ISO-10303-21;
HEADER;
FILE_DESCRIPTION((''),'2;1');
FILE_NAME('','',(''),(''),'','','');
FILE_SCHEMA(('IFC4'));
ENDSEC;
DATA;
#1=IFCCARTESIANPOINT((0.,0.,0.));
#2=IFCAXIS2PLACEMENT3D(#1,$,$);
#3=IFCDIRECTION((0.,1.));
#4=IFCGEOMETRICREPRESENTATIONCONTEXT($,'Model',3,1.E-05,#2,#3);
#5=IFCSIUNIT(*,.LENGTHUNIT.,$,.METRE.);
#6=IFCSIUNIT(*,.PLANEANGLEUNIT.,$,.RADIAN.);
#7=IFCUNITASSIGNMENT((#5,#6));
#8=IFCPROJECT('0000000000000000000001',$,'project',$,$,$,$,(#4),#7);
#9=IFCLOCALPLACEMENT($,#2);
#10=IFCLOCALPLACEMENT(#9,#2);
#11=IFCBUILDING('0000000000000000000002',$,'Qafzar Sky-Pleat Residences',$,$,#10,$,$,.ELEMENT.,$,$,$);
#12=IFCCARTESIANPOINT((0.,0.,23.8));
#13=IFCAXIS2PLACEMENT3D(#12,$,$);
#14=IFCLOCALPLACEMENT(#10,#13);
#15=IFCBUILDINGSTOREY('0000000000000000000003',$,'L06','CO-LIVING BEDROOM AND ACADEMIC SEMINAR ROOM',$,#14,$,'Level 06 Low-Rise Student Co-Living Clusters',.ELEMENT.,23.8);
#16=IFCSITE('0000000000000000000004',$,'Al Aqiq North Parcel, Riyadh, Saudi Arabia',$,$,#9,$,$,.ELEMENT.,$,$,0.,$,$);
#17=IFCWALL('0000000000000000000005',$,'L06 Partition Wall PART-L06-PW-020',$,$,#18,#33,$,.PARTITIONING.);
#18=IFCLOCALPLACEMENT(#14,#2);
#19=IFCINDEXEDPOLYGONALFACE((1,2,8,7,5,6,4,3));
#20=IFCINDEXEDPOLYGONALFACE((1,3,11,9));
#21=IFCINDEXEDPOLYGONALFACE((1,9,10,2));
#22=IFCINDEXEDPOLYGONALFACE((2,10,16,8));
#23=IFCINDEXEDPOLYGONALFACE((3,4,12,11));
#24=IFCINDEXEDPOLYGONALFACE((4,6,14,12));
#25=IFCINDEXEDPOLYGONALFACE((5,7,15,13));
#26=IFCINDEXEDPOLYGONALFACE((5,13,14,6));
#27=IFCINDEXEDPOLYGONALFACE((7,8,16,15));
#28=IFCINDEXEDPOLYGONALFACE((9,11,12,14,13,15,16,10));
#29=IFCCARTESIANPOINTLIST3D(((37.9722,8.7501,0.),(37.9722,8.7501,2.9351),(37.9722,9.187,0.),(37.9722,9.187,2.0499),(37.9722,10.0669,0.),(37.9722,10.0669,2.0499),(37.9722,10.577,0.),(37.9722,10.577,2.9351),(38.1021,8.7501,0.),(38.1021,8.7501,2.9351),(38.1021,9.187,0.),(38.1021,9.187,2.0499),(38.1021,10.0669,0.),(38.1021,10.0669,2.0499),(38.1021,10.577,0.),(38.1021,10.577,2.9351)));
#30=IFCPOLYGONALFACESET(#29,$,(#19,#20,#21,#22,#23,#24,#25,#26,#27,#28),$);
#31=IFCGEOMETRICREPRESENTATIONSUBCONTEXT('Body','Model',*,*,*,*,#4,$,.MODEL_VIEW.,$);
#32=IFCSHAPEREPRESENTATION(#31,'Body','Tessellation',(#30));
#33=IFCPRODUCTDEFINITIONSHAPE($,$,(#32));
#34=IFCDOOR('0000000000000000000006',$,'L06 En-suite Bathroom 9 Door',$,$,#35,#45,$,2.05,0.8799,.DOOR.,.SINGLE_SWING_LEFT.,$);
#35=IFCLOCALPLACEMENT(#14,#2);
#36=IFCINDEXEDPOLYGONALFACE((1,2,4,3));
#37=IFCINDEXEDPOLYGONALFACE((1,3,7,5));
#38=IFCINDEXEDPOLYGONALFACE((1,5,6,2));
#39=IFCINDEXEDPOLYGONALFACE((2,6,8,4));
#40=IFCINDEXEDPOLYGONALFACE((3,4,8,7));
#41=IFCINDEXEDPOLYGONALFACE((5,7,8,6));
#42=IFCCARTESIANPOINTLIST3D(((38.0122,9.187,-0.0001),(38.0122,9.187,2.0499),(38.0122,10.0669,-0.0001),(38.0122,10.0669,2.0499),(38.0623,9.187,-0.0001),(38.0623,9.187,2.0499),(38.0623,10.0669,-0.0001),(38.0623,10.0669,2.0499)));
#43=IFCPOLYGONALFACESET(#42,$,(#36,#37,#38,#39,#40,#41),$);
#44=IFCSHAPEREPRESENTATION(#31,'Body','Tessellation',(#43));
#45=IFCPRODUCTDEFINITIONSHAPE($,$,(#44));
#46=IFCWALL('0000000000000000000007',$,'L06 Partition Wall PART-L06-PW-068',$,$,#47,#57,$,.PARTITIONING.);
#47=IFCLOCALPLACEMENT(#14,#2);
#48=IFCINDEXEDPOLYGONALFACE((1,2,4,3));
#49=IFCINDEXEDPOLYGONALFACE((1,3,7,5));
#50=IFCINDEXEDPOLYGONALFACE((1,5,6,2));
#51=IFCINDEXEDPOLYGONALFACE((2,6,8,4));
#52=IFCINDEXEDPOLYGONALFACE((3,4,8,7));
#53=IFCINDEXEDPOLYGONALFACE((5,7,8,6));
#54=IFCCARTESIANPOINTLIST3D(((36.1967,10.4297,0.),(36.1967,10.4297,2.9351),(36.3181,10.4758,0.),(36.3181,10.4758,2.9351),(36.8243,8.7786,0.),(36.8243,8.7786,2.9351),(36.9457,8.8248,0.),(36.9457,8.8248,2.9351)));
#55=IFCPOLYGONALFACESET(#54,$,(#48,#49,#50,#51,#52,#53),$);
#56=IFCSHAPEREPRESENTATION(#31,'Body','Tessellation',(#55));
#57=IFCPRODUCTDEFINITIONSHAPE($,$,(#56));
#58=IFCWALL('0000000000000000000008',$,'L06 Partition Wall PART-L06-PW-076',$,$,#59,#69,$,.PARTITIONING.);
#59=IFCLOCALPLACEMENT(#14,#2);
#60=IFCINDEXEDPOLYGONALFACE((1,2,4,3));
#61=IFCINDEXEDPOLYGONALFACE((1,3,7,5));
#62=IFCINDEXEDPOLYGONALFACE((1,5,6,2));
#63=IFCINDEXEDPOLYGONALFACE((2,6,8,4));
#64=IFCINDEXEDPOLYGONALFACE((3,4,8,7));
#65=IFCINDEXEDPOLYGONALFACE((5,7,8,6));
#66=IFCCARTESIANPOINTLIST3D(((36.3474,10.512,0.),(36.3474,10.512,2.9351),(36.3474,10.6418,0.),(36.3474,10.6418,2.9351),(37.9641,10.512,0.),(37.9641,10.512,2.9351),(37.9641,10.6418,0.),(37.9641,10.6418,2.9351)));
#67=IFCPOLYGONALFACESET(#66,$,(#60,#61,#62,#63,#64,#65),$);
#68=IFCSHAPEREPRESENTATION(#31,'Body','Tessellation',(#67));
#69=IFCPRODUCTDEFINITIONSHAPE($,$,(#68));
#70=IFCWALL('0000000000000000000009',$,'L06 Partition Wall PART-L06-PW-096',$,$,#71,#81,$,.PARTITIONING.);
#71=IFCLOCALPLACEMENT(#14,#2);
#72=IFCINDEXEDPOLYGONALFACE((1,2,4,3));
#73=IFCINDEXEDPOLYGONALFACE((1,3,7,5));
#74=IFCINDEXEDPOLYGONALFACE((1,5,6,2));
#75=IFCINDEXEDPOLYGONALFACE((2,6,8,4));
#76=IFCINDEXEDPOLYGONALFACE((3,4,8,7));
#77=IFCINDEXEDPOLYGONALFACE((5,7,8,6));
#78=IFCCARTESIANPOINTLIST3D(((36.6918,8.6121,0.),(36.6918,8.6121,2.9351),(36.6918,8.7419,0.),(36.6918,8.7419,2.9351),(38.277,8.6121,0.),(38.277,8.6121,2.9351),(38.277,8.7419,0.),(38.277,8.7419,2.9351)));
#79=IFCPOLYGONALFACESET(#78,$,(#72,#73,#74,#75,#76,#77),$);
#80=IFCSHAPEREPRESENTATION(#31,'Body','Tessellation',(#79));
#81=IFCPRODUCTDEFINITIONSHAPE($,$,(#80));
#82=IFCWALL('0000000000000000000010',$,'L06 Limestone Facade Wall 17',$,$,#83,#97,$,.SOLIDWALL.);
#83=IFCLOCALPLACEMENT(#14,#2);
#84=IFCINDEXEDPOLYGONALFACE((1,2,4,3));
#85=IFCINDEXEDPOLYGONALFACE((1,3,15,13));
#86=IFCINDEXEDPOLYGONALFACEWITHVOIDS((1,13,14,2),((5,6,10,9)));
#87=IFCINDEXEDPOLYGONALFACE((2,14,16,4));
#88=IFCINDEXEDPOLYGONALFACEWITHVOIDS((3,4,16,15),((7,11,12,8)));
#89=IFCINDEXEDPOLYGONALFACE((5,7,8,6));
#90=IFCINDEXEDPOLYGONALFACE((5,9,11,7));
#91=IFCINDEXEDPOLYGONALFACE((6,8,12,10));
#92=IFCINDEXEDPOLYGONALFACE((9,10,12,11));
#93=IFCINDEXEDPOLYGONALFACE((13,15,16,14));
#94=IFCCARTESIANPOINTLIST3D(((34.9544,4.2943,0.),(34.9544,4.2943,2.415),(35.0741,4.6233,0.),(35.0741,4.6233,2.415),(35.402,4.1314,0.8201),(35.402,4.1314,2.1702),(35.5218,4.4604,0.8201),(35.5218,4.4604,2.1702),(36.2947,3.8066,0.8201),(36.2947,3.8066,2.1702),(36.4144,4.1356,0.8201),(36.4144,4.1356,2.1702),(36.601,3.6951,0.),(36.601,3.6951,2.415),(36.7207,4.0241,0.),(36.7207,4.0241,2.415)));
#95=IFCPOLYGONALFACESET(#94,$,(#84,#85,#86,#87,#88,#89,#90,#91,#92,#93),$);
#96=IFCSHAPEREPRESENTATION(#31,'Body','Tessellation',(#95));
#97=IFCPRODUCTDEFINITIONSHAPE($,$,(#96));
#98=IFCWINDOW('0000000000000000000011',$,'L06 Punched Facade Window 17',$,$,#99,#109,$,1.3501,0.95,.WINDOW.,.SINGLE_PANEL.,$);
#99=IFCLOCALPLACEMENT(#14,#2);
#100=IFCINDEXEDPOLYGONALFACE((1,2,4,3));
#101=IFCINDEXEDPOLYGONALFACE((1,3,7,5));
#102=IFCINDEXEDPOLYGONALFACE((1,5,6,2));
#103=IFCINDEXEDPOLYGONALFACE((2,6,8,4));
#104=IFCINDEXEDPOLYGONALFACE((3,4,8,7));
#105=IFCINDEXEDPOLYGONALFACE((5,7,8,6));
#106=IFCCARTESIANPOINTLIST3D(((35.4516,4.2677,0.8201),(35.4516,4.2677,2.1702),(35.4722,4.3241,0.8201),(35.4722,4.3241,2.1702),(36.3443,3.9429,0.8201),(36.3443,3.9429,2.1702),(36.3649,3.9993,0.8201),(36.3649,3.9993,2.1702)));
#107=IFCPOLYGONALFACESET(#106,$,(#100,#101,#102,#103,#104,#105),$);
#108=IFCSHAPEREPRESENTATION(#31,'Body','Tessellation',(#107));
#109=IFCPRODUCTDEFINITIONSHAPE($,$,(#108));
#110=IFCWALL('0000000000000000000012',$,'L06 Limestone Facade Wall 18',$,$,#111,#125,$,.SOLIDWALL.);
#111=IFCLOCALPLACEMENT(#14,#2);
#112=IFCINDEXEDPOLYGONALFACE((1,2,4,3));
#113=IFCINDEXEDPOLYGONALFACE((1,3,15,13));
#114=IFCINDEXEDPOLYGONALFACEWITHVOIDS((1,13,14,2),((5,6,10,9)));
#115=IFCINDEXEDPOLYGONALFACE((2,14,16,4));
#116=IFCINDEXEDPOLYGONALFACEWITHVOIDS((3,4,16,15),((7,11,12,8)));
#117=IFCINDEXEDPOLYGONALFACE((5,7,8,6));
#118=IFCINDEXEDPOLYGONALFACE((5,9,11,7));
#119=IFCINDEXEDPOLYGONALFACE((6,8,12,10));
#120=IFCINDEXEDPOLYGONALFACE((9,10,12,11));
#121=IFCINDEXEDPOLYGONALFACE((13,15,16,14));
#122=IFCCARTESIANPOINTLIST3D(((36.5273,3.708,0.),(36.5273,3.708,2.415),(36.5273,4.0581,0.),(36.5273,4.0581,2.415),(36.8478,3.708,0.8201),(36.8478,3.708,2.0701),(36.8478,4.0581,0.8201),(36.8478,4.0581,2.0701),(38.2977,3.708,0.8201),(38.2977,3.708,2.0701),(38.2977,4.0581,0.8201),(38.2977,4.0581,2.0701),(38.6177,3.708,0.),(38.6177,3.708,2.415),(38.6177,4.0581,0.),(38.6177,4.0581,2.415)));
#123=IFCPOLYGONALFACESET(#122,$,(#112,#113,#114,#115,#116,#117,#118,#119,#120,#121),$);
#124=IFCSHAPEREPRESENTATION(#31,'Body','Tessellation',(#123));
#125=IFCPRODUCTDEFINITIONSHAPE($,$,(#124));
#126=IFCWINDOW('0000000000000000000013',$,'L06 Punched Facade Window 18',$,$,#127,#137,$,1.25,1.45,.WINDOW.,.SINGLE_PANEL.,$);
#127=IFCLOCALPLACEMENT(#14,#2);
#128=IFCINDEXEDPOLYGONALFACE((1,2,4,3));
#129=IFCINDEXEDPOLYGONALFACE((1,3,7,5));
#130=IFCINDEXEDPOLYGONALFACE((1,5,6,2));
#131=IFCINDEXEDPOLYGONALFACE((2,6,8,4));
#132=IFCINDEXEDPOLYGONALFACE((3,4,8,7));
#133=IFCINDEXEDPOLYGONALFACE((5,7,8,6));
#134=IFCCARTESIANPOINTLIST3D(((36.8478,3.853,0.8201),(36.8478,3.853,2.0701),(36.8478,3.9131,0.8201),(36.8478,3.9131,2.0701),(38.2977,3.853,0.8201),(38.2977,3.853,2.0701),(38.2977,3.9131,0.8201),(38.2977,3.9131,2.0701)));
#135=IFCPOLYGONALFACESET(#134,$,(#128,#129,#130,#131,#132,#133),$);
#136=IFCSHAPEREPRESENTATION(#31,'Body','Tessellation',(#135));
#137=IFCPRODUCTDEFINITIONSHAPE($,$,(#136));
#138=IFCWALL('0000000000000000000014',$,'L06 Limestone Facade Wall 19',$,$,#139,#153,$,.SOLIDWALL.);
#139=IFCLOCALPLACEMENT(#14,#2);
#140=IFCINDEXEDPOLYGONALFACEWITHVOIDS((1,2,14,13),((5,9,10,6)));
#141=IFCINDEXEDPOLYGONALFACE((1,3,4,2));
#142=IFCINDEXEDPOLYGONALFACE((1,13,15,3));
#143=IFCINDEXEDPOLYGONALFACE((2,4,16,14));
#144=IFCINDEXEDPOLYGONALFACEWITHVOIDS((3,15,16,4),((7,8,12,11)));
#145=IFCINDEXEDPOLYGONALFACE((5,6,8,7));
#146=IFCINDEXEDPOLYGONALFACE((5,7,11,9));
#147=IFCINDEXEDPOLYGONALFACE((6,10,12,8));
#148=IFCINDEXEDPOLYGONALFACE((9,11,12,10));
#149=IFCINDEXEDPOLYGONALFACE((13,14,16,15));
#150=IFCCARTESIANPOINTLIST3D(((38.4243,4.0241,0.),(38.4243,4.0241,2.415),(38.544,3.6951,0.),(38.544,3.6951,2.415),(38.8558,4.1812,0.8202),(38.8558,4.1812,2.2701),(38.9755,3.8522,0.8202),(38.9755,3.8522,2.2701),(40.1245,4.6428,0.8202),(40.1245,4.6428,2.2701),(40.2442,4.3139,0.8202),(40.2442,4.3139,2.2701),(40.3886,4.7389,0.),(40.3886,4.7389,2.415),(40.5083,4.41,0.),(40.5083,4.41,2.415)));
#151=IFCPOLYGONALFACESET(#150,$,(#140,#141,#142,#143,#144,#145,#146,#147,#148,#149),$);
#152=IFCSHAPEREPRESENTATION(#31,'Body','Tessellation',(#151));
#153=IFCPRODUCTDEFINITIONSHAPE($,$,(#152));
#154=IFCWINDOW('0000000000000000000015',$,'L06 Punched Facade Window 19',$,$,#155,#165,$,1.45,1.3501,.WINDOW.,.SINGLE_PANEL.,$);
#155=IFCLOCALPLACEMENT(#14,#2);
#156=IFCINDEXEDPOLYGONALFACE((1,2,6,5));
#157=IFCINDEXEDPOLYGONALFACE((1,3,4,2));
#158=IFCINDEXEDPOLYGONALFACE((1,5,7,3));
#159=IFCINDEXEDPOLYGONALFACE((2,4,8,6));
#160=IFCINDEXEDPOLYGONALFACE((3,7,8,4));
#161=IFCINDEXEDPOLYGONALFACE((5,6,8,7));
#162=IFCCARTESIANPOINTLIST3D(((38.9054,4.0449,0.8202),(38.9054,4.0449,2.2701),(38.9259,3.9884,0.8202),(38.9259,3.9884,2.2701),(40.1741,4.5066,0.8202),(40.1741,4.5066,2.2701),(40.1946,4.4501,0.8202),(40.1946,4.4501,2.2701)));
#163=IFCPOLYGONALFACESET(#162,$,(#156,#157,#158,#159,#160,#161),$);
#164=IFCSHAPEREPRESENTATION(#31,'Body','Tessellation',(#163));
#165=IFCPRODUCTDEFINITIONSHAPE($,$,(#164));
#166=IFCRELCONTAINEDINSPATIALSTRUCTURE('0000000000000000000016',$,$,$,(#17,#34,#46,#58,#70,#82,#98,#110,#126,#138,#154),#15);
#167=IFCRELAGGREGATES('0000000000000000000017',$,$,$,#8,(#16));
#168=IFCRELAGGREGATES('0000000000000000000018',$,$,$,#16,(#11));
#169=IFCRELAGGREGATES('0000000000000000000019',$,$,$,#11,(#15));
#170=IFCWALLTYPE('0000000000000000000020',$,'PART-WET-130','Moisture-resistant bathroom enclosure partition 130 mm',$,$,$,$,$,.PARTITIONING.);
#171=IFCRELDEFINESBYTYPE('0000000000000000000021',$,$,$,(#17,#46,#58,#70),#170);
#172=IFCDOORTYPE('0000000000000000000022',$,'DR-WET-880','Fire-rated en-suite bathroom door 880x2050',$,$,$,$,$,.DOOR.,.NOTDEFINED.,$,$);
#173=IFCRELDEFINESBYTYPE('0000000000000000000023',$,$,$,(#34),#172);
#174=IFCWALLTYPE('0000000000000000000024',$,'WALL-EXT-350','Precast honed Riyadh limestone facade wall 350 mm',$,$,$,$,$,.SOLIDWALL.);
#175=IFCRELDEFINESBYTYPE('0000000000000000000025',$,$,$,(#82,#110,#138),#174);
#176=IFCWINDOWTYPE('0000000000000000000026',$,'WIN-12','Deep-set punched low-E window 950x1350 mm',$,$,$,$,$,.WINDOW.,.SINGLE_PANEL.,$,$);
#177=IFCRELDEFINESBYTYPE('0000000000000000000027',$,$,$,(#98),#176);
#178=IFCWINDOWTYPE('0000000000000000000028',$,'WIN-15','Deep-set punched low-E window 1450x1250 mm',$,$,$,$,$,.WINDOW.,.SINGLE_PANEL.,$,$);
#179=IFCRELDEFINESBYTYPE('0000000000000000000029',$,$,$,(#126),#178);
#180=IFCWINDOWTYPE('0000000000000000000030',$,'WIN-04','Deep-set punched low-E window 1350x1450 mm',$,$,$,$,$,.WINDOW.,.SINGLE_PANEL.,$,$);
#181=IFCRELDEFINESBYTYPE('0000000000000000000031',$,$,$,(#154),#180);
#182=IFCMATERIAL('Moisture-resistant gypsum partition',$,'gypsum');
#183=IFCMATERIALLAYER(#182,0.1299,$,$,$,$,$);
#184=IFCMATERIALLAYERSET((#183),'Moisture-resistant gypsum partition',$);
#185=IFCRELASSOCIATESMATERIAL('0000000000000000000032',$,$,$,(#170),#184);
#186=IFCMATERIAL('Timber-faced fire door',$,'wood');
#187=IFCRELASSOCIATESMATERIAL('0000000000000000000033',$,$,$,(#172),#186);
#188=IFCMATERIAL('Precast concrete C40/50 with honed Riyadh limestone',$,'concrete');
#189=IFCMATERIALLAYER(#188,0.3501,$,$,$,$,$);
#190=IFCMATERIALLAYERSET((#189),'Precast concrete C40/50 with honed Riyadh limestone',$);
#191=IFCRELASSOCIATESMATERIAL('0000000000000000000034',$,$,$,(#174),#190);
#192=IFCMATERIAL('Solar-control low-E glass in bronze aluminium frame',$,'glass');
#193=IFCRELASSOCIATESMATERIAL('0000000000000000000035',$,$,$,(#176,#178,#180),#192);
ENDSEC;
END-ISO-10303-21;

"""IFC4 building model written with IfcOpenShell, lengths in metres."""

from ifc_helpers import new_model, si_unit, direction, frame, frame_2d, origin, place, context, subcontext, project, spatial, rectangle, extrude, source, transform, mapped, material, layer, layer_set, type_object, element, fill, save


model = new_model("IFC4")

# Units and contexts
model_context = context("Model", 3, precision=1e-05, world=origin(), true_north=direction((0.0, 1.0)))
body_context = subcontext(model_context, "Body", "Model", "MODEL_VIEW")
ifc_project = project(units=[si_unit("LENGTHUNIT", "METRE"), si_unit("PLANEANGLEUNIT", "RADIAN")], contexts=[model_context])

# Site, building, storey
site_placement = place(None, origin())
site = spatial("IfcSite", under=ifc_project, at=site_placement, Name="Al Aqiq North Parcel, Riyadh, Saudi Arabia", CompositionType="ELEMENT", RefElevation=0.0)
building_placement = place(site_placement, origin())
building = spatial("IfcBuilding", under=site, at=building_placement, Name="Qafzar Sky-Pleat Residences", CompositionType="ELEMENT")
storey_placement = place(building_placement, frame((0.0, 0.0, 23.8)))
storey = spatial("IfcBuildingStorey", under=building, at=storey_placement, Name="L06", Description="CO-LIVING BEDROOM AND ACADEMIC SEMINAR ROOM", LongName="Level 06 Low-Rise Student Co-Living Clusters", CompositionType="ELEMENT", Elevation=23.8)

# Wall, opening, door
ifc_material_1 = material(Name="Moisture-resistant gypsum partition", Category="gypsum")
ifc_layer_1 = layer(ifc_material_1, 0.1299)
ifc_layer_set_1 = layer_set([ifc_layer_1], Name="Moisture-resistant gypsum partition")
wall_type_1 = type_object("IfcWallType", Name="PART-WET-130", Description="Moisture-resistant bathroom enclosure partition 130 mm", PredefinedType="PARTITIONING", material=ifc_layer_set_1)
wall_1_placement = place(storey_placement, frame((38.0371, 8.75, 0.0), z_axis=(0.0, 0.0, 1.0), x_axis=(0.0, 1.0, 0.0)))
wall_1 = element("IfcWall", 1, at=wall_1_placement, inside=storey, type_object=wall_type_1, Name="L06 Partition Wall PART-L06-PW-020", PredefinedType="PARTITIONING", context=body_context, shape_type="SweptSolid", body=[
    extrude(rectangle(XDim=1.8269, YDim=0.1299, at=frame_2d((0.9136, 0.0))), origin(), (0.0, 0.0, 1.0), 2.9351),
])
opening_1_placement = place(wall_1_placement, frame((0.437, 0.0, 0.0)))
opening_1 = element("IfcOpeningElement", 2, at=opening_1_placement, cuts=wall_1, PredefinedType="OPENING", context=body_context, shape_type="SweptSolid", body=[
    extrude(rectangle(XDim=0.8799, YDim=2.05, at=frame_2d((0.4399, 1.0249))), frame((0.0, 0.075, 0.0), z_axis=(0.0, -1.0, 0.0), x_axis=(1.0, 0.0, 0.0)), (0.0, 0.0, 1.0), 0.1499),
])
ifc_material_2 = material(Name="Timber-faced fire door", Category="wood")
door_type = type_object("IfcDoorType", Name="DR-WET-880", Description="Fire-rated en-suite bathroom door 880x2050", OperationType="NOTDEFINED", PredefinedType="DOOR", material=ifc_material_2)
shared_shape_1 = source(origin(), body_context, "Body", "SweptSolid", [
    extrude(rectangle(XDim=0.8799, YDim=2.05, at=frame_2d((0.4399, 1.0249))), frame((0.0, 0.0249, 0.0), z_axis=(0.0, -1.0, 0.0), x_axis=(1.0, 0.0, 0.0)), (0.0, 0.0, 1.0), 0.05),
])
door_placement = place(opening_1_placement, origin())
door = element("IfcDoor", 3, at=door_placement, inside=storey, type_object=door_type, Name="L06 En-suite Bathroom 9 Door", OperationType="SINGLE_SWING_LEFT", OverallHeight=2.05, OverallWidth=0.8799, PredefinedType="DOOR", context=body_context, shape_type="MappedRepresentation", body=[
    mapped(shared_shape_1, transform((0.0, 0.0, 0.0), x_axis=(1.0, 0.0, 0.0), y_axis=(0.0, 1.0, 0.0), z_axis=(0.0, 0.0, 1.0), scale=1.0)),
])
fill(opening_1, door)

# Walls
wall_2_placement = place(storey_placement, frame((36.2573, 10.4529, 0.0), z_axis=(0.0, 0.0, 1.0), x_axis=(0.355346, -0.934735, 0.0)))
element("IfcWall", 4, at=wall_2_placement, inside=storey, type_object=wall_type_1, Name="L06 Partition Wall PART-L06-PW-068", PredefinedType="PARTITIONING", context=body_context, shape_type="SweptSolid", body=[
    extrude(rectangle(XDim=1.7664, YDim=0.1299, at=frame_2d((0.8833, 0.0))), origin(), (0.0, 0.0, 1.0), 2.9351),
])
wall_3_placement = place(storey_placement, frame((36.3474, 10.5769, 0.0), z_axis=(0.0, 0.0, 1.0), x_axis=(1.0, 0.0, 0.0)))
element("IfcWall", 5, at=wall_3_placement, inside=storey, type_object=wall_type_1, Name="L06 Partition Wall PART-L06-PW-076", PredefinedType="PARTITIONING", context=body_context, shape_type="SweptSolid", body=[
    extrude(rectangle(XDim=1.6167, YDim=0.1299, at=frame_2d((0.8083, 0.0))), origin(), (0.0, 0.0, 1.0), 2.9351),
])
wall_4_placement = place(storey_placement, frame((36.6919, 8.677, 0.0), z_axis=(0.0, 0.0, 1.0), x_axis=(1.0, 0.0, 0.0)))
element("IfcWall", 6, at=wall_4_placement, inside=storey, type_object=wall_type_1, Name="L06 Partition Wall PART-L06-PW-096", PredefinedType="PARTITIONING", context=body_context, shape_type="SweptSolid", body=[
    extrude(rectangle(XDim=1.5852, YDim=0.1299, at=frame_2d((0.7925, 0.0))), origin(), (0.0, 0.0, 1.0), 2.9351),
])

# Walls, openings, windows
ifc_material_3 = material(Name="Precast concrete C40/50 with honed Riyadh limestone", Category="concrete")
ifc_layer_2 = layer(ifc_material_3, 0.3501)
ifc_layer_set_2 = layer_set([ifc_layer_2], Name="Precast concrete C40/50 with honed Riyadh limestone")
wall_type_2 = type_object("IfcWallType", Name="WALL-EXT-350", Description="Precast honed Riyadh limestone facade wall 350 mm", PredefinedType="SOLIDWALL", material=ifc_layer_set_2)
wall_5_placement = place(storey_placement, frame((35.0144, 4.4587, 0.0), z_axis=(0.0, 0.0, 1.0), x_axis=(0.93972, -0.341944, 0.0)))
wall_5 = element("IfcWall", 7, at=wall_5_placement, inside=storey, type_object=wall_type_2, Name="L06 Limestone Facade Wall 17", PredefinedType="SOLIDWALL", context=body_context, shape_type="SweptSolid", body=[
    extrude(rectangle(XDim=1.7522, YDim=0.3501, at=frame_2d((0.876, 0.0))), origin(), (0.0, 0.0, 1.0), 2.415),
])
opening_2_placement = place(wall_5_placement, frame((0.4761, 0.0, 0.8201)))
opening_2 = element("IfcOpeningElement", 8, at=opening_2_placement, cuts=wall_5, PredefinedType="OPENING", context=body_context, shape_type="SweptSolid", body=[
    extrude(rectangle(XDim=0.95, YDim=1.3501, at=frame_2d((0.4751, 0.675))), frame((0.0, 0.1851, 0.0), z_axis=(0.0, -1.0, 0.0), x_axis=(1.0, 0.0, 0.0)), (0.0, 0.0, 1.0), 0.3701),
])
ifc_material_4 = material(Name="Solar-control low-E glass in bronze aluminium frame", Category="glass")
window_type_1 = type_object("IfcWindowType", Name="WIN-12", Description="Deep-set punched low-E window 950x1350 mm", PartitioningType="SINGLE_PANEL", PredefinedType="WINDOW", material=ifc_material_4)
shared_shape_2 = source(origin(), body_context, "Body", "SweptSolid", [
    extrude(rectangle(XDim=0.95, YDim=1.3501, at=frame_2d((0.4751, 0.675))), frame((0.0, 0.03, 0.0), z_axis=(0.0, -1.0, 0.0), x_axis=(1.0, 0.0, 0.0)), (0.0, 0.0, 1.0), 0.0601),
])
window_1_placement = place(opening_2_placement, origin())
window_1 = element("IfcWindow", 9, at=window_1_placement, inside=storey, type_object=window_type_1, Name="L06 Punched Facade Window 17", OverallHeight=1.3501, OverallWidth=0.95, PartitioningType="SINGLE_PANEL", PredefinedType="WINDOW", context=body_context, shape_type="MappedRepresentation", body=[
    mapped(shared_shape_2, transform((0.0, 0.0, 0.0), x_axis=(1.0, 0.0, 0.0), y_axis=(0.0, 1.0, 0.0), z_axis=(0.0, 0.0, 1.0), scale=1.0)),
])
fill(opening_2, window_1)
wall_6_placement = place(storey_placement, frame((36.5273, 3.8831, 0.0), z_axis=(0.0, 0.0, 1.0), x_axis=(1.0, 0.0, 0.0)))
wall_6 = element("IfcWall", 10, at=wall_6_placement, inside=storey, type_object=wall_type_2, Name="L06 Limestone Facade Wall 18", PredefinedType="SOLIDWALL", context=body_context, shape_type="SweptSolid", body=[
    extrude(rectangle(XDim=2.0903, YDim=0.3501, at=frame_2d((1.0452, 0.0))), origin(), (0.0, 0.0, 1.0), 2.415),
])
opening_3_placement = place(wall_6_placement, frame((0.3203, 0.0, 0.8201)))
opening_3 = element("IfcOpeningElement", 11, at=opening_3_placement, cuts=wall_6, PredefinedType="OPENING", context=body_context, shape_type="SweptSolid", body=[
    extrude(rectangle(XDim=1.45, YDim=1.25, at=frame_2d((0.7251, 0.625))), frame((0.0, 0.1851, 0.0), z_axis=(0.0, -1.0, 0.0), x_axis=(1.0, 0.0, 0.0)), (0.0, 0.0, 1.0), 0.3701),
])
window_type_2 = type_object("IfcWindowType", Name="WIN-15", Description="Deep-set punched low-E window 1450x1250 mm", PartitioningType="SINGLE_PANEL", PredefinedType="WINDOW", material=ifc_material_4)
shared_shape_3 = source(origin(), body_context, "Body", "SweptSolid", [
    extrude(rectangle(XDim=1.45, YDim=1.25, at=frame_2d((0.7251, 0.625))), frame((0.0, 0.03, 0.0), z_axis=(0.0, -1.0, 0.0), x_axis=(1.0, 0.0, 0.0)), (0.0, 0.0, 1.0), 0.0601),
])
window_2_placement = place(opening_3_placement, origin())
window_2 = element("IfcWindow", 12, at=window_2_placement, inside=storey, type_object=window_type_2, Name="L06 Punched Facade Window 18", OverallHeight=1.25, OverallWidth=1.45, PartitioningType="SINGLE_PANEL", PredefinedType="WINDOW", context=body_context, shape_type="MappedRepresentation", body=[
    mapped(shared_shape_3, transform((0.0, 0.0, 0.0), x_axis=(1.0, 0.0, 0.0), y_axis=(0.0, 1.0, 0.0), z_axis=(0.0, 0.0, 1.0), scale=1.0)),
])
fill(opening_3, window_2)
wall_7_placement = place(storey_placement, frame((38.4841, 3.8596, 0.0), z_axis=(0.0, 0.0, 1.0), x_axis=(0.939712, 0.341968, 0.0)))
wall_7 = element("IfcWall", 13, at=wall_7_placement, inside=storey, type_object=wall_type_2, Name="L06 Limestone Facade Wall 19", PredefinedType="SOLIDWALL", context=body_context, shape_type="SweptSolid", body=[
    extrude(rectangle(XDim=2.0903, YDim=0.3501, at=frame_2d((1.0452, 0.0))), origin(), (0.0, 0.0, 1.0), 2.415),
])
opening_4_placement = place(wall_7_placement, frame((0.4592, 0.0, 0.8201)))
opening_4 = element("IfcOpeningElement", 14, at=opening_4_placement, cuts=wall_7, PredefinedType="OPENING", context=body_context, shape_type="SweptSolid", body=[
    extrude(rectangle(XDim=1.3501, YDim=1.45, at=frame_2d((0.675, 0.7251))), frame((0.0, 0.1851, 0.0), z_axis=(0.0, -1.0, 0.0), x_axis=(1.0, 0.0, 0.0)), (0.0, 0.0, 1.0), 0.3701),
])
window_type_3 = type_object("IfcWindowType", Name="WIN-04", Description="Deep-set punched low-E window 1350x1450 mm", PartitioningType="SINGLE_PANEL", PredefinedType="WINDOW", material=ifc_material_4)
shared_shape_4 = source(origin(), body_context, "Body", "SweptSolid", [
    extrude(rectangle(XDim=1.3501, YDim=1.45, at=frame_2d((0.675, 0.7251))), frame((0.0, 0.03, 0.0), z_axis=(0.0, -1.0, 0.0), x_axis=(1.0, 0.0, 0.0)), (0.0, 0.0, 1.0), 0.0601),
])
window_3_placement = place(opening_4_placement, origin())
window_3 = element("IfcWindow", 15, at=window_3_placement, inside=storey, type_object=window_type_3, Name="L06 Punched Facade Window 19", OverallHeight=1.45, OverallWidth=1.3501, PartitioningType="SINGLE_PANEL", PredefinedType="WINDOW", context=body_context, shape_type="MappedRepresentation", body=[
    mapped(shared_shape_4, transform((0.0, 0.0, 0.0), x_axis=(1.0, 0.0, 0.0), y_axis=(0.0, 1.0, 0.0), z_axis=(0.0, 0.0, 1.0), scale=1.0)),
])
fill(opening_4, window_3)

save(model, "model.ifc")
